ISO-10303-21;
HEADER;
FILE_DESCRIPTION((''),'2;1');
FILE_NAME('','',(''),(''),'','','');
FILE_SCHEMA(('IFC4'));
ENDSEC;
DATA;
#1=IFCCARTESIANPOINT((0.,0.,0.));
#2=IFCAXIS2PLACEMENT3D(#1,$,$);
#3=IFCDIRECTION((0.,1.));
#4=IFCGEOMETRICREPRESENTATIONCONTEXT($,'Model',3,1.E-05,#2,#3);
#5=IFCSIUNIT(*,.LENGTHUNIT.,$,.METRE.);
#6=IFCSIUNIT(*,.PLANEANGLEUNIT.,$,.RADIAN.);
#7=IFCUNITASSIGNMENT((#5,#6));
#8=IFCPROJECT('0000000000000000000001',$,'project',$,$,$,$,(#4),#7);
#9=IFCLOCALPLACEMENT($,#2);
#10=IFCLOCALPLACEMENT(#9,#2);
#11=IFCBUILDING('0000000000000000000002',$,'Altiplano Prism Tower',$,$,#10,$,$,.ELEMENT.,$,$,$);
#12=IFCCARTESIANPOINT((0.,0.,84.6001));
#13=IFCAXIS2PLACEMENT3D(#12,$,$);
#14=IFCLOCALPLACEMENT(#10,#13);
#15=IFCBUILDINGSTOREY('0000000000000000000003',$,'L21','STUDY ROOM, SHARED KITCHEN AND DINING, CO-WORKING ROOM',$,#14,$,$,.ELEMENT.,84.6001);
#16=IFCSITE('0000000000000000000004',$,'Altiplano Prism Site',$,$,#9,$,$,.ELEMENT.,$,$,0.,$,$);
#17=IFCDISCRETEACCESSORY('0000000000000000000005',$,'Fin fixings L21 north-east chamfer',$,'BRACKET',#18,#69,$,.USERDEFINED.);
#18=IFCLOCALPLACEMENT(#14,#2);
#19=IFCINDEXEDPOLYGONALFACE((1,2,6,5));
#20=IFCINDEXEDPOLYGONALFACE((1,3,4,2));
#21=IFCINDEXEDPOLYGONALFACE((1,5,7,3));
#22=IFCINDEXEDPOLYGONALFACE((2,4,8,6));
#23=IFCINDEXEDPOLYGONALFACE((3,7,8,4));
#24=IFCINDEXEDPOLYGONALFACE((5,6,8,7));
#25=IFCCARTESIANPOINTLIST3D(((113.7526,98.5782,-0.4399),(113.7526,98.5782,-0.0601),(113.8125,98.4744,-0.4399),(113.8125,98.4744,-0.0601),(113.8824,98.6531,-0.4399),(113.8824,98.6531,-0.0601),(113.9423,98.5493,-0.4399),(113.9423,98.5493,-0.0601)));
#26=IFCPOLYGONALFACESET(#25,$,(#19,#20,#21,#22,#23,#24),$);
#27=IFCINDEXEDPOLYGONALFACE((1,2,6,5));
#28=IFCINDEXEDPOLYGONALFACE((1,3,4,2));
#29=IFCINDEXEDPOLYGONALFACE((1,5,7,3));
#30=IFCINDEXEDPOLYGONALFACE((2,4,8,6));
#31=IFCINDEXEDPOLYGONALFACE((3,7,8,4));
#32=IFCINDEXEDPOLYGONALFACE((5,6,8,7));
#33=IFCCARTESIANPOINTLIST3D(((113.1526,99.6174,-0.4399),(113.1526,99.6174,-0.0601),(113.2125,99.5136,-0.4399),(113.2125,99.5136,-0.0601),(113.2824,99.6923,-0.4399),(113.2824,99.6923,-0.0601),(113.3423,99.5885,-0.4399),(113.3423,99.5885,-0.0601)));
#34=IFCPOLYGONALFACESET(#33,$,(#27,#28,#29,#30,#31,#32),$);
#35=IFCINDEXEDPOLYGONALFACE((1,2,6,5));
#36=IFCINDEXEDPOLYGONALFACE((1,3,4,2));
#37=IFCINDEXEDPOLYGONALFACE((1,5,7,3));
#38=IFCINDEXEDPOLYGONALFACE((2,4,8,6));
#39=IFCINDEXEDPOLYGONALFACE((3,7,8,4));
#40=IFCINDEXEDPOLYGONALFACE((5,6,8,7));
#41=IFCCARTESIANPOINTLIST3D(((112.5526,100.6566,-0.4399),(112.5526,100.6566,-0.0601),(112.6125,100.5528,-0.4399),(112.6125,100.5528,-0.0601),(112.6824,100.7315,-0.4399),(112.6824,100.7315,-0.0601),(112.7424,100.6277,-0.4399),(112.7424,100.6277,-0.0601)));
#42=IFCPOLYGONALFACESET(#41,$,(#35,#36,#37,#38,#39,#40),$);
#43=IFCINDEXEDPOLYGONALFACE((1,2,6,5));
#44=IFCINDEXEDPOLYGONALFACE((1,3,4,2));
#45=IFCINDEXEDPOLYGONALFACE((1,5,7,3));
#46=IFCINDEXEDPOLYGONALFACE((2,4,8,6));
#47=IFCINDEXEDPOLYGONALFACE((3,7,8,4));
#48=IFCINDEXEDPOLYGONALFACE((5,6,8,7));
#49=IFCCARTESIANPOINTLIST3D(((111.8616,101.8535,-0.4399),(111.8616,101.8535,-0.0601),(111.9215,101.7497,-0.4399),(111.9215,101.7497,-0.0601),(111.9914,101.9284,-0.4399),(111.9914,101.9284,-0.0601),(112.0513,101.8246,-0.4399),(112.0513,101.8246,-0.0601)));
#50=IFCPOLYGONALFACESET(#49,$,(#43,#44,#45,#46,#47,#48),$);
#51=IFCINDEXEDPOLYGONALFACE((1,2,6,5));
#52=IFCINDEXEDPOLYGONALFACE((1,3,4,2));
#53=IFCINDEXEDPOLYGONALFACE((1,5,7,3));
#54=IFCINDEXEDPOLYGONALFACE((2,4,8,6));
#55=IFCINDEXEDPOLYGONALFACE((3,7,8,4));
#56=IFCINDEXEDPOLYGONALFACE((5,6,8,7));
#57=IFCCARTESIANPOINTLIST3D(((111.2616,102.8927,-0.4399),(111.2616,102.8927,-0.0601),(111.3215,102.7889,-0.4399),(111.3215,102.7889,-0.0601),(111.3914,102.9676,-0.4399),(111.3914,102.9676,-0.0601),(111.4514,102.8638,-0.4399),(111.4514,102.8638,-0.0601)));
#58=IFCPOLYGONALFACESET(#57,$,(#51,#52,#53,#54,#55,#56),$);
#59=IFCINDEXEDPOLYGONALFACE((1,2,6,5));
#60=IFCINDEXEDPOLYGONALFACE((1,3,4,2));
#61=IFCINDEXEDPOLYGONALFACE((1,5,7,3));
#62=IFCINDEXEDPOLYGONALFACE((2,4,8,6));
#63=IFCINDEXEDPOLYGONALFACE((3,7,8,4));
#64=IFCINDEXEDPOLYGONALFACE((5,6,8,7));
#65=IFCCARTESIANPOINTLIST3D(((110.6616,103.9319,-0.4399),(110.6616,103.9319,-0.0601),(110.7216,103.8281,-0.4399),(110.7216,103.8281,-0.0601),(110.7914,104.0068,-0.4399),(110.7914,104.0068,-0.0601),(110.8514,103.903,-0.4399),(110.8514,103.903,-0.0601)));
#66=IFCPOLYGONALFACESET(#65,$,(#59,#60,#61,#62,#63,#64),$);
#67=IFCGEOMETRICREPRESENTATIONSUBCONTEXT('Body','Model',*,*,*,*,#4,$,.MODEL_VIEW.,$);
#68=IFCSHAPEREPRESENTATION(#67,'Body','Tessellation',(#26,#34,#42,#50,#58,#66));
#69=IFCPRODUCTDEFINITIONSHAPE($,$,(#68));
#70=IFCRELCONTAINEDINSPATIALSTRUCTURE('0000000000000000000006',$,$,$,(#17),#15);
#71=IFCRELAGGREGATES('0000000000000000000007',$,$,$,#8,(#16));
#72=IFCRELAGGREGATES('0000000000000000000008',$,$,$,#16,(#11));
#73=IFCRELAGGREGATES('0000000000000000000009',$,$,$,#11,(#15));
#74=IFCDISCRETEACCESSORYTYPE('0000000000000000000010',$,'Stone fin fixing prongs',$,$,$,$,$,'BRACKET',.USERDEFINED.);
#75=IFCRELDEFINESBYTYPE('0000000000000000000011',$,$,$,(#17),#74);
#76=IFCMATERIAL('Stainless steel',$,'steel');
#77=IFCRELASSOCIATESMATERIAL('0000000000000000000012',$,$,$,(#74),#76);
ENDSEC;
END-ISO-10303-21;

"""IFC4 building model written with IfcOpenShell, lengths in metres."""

from ifc_helpers import new_model, si_unit, direction, frame, origin, place, context, subcontext, project, spatial, polyline, outline, extrude, source, transform, mapped, material, type_object, element, save


model = new_model("IFC4")

# Units and contexts
model_context = context("Model", 3, precision=1e-05, world=origin(), true_north=direction((0.0, 1.0)))
body_context = subcontext(model_context, "Body", "Model", "MODEL_VIEW")
ifc_project = project(units=[si_unit("LENGTHUNIT", "METRE"), si_unit("PLANEANGLEUNIT", "RADIAN")], contexts=[model_context])

# Site, building, storey
site_placement = place(None, origin())
site = spatial("IfcSite", under=ifc_project, at=site_placement, Name="Altiplano Prism Site", CompositionType="ELEMENT", RefElevation=0.0)
building_placement = place(site_placement, origin())
building = spatial("IfcBuilding", under=site, at=building_placement, Name="Altiplano Prism Tower", CompositionType="ELEMENT")
storey_placement = place(building_placement, frame((0.0, 0.0, 84.6001)))
storey = spatial("IfcBuildingStorey", under=building, at=storey_placement, Name="L21", Description="STUDY ROOM, SHARED KITCHEN AND DINING, CO-WORKING ROOM", CompositionType="ELEMENT", Elevation=84.6001)

# Discrete accessory
ifc_material_1 = material(Name="Stainless steel", Category="steel")
discrete_accessory_type = type_object("IfcDiscreteAccessoryType", Name="Stone fin fixing prongs", ElementType="BRACKET", PredefinedType="USERDEFINED", material=ifc_material_1)
shared_shape_1 = source(origin(), body_context, "Body", "SweptSolid", [
    extrude(outline(polyline([(-3.1509, 0.0601), (-3.031, 0.0601), (-3.031, 0.4399), (-3.1509, 0.4399), (-3.1509, 0.0601)])), frame((0.0, 0.0, 0.0), z_axis=(0.0, -1.0, 0.0), x_axis=(1.0, 0.0, 0.0)), (0.0, 0.0, 1.0), 0.1499),
    extrude(outline(polyline([(-1.9509, 0.0601), (-1.8311, 0.0601), (-1.8311, 0.4399), (-1.9509, 0.4399), (-1.9509, 0.0601)])), frame((0.0, 0.0, 0.0), z_axis=(0.0, -1.0, 0.0), x_axis=(1.0, 0.0, 0.0)), (0.0, 0.0, 1.0), 0.1499),
    extrude(outline(polyline([(-0.751, 0.0601), (-0.6311, 0.0601), (-0.6311, 0.4399), (-0.751, 0.4399), (-0.751, 0.0601)])), frame((0.0, 0.0, 0.0), z_axis=(0.0, -1.0, 0.0), x_axis=(1.0, 0.0, 0.0)), (0.0, 0.0, 1.0), 0.1499),
    extrude(outline(polyline([(0.6311, 0.0601), (0.751, 0.0601), (0.751, 0.4399), (0.6311, 0.4399), (0.6311, 0.0601)])), frame((0.0, 0.0, 0.0), z_axis=(0.0, -1.0, 0.0), x_axis=(1.0, 0.0, 0.0)), (0.0, 0.0, 1.0), 0.1499),
    extrude(outline(polyline([(1.8311, 0.0601), (1.9509, 0.0601), (1.9509, 0.4399), (1.8311, 0.4399), (1.8311, 0.0601)])), frame((0.0, 0.0, 0.0), z_axis=(0.0, -1.0, 0.0), x_axis=(1.0, 0.0, 0.0)), (0.0, 0.0, 1.0), 0.1499),
    extrude(outline(polyline([(3.031, 0.0601), (3.1509, 0.0601), (3.1509, 0.4399), (3.031, 0.4399), (3.031, 0.0601)])), frame((0.0, 0.0, 0.0), z_axis=(0.0, -1.0, 0.0), x_axis=(1.0, 0.0, 0.0)), (0.0, 0.0, 1.0), 0.1499),
])
discrete_accessory_1_placement = place(storey_placement, origin())
element("IfcDiscreteAccessory", 1, at=discrete_accessory_1_placement, inside=storey, type_object=discrete_accessory_type, Name="Fin fixings L21 north-east chamfer", ObjectType="BRACKET", PredefinedType="USERDEFINED", context=body_context, shape_type="MappedRepresentation", body=[
    mapped(shared_shape_1, transform((112.2371, 101.2031, -0.5), x_axis=(-0.5, 0.866025, 0.0), y_axis=(-0.866025, -0.5, 0.0), z_axis=(0.0, 0.0, 1.0))),
])

save(model, "model.ifc")
